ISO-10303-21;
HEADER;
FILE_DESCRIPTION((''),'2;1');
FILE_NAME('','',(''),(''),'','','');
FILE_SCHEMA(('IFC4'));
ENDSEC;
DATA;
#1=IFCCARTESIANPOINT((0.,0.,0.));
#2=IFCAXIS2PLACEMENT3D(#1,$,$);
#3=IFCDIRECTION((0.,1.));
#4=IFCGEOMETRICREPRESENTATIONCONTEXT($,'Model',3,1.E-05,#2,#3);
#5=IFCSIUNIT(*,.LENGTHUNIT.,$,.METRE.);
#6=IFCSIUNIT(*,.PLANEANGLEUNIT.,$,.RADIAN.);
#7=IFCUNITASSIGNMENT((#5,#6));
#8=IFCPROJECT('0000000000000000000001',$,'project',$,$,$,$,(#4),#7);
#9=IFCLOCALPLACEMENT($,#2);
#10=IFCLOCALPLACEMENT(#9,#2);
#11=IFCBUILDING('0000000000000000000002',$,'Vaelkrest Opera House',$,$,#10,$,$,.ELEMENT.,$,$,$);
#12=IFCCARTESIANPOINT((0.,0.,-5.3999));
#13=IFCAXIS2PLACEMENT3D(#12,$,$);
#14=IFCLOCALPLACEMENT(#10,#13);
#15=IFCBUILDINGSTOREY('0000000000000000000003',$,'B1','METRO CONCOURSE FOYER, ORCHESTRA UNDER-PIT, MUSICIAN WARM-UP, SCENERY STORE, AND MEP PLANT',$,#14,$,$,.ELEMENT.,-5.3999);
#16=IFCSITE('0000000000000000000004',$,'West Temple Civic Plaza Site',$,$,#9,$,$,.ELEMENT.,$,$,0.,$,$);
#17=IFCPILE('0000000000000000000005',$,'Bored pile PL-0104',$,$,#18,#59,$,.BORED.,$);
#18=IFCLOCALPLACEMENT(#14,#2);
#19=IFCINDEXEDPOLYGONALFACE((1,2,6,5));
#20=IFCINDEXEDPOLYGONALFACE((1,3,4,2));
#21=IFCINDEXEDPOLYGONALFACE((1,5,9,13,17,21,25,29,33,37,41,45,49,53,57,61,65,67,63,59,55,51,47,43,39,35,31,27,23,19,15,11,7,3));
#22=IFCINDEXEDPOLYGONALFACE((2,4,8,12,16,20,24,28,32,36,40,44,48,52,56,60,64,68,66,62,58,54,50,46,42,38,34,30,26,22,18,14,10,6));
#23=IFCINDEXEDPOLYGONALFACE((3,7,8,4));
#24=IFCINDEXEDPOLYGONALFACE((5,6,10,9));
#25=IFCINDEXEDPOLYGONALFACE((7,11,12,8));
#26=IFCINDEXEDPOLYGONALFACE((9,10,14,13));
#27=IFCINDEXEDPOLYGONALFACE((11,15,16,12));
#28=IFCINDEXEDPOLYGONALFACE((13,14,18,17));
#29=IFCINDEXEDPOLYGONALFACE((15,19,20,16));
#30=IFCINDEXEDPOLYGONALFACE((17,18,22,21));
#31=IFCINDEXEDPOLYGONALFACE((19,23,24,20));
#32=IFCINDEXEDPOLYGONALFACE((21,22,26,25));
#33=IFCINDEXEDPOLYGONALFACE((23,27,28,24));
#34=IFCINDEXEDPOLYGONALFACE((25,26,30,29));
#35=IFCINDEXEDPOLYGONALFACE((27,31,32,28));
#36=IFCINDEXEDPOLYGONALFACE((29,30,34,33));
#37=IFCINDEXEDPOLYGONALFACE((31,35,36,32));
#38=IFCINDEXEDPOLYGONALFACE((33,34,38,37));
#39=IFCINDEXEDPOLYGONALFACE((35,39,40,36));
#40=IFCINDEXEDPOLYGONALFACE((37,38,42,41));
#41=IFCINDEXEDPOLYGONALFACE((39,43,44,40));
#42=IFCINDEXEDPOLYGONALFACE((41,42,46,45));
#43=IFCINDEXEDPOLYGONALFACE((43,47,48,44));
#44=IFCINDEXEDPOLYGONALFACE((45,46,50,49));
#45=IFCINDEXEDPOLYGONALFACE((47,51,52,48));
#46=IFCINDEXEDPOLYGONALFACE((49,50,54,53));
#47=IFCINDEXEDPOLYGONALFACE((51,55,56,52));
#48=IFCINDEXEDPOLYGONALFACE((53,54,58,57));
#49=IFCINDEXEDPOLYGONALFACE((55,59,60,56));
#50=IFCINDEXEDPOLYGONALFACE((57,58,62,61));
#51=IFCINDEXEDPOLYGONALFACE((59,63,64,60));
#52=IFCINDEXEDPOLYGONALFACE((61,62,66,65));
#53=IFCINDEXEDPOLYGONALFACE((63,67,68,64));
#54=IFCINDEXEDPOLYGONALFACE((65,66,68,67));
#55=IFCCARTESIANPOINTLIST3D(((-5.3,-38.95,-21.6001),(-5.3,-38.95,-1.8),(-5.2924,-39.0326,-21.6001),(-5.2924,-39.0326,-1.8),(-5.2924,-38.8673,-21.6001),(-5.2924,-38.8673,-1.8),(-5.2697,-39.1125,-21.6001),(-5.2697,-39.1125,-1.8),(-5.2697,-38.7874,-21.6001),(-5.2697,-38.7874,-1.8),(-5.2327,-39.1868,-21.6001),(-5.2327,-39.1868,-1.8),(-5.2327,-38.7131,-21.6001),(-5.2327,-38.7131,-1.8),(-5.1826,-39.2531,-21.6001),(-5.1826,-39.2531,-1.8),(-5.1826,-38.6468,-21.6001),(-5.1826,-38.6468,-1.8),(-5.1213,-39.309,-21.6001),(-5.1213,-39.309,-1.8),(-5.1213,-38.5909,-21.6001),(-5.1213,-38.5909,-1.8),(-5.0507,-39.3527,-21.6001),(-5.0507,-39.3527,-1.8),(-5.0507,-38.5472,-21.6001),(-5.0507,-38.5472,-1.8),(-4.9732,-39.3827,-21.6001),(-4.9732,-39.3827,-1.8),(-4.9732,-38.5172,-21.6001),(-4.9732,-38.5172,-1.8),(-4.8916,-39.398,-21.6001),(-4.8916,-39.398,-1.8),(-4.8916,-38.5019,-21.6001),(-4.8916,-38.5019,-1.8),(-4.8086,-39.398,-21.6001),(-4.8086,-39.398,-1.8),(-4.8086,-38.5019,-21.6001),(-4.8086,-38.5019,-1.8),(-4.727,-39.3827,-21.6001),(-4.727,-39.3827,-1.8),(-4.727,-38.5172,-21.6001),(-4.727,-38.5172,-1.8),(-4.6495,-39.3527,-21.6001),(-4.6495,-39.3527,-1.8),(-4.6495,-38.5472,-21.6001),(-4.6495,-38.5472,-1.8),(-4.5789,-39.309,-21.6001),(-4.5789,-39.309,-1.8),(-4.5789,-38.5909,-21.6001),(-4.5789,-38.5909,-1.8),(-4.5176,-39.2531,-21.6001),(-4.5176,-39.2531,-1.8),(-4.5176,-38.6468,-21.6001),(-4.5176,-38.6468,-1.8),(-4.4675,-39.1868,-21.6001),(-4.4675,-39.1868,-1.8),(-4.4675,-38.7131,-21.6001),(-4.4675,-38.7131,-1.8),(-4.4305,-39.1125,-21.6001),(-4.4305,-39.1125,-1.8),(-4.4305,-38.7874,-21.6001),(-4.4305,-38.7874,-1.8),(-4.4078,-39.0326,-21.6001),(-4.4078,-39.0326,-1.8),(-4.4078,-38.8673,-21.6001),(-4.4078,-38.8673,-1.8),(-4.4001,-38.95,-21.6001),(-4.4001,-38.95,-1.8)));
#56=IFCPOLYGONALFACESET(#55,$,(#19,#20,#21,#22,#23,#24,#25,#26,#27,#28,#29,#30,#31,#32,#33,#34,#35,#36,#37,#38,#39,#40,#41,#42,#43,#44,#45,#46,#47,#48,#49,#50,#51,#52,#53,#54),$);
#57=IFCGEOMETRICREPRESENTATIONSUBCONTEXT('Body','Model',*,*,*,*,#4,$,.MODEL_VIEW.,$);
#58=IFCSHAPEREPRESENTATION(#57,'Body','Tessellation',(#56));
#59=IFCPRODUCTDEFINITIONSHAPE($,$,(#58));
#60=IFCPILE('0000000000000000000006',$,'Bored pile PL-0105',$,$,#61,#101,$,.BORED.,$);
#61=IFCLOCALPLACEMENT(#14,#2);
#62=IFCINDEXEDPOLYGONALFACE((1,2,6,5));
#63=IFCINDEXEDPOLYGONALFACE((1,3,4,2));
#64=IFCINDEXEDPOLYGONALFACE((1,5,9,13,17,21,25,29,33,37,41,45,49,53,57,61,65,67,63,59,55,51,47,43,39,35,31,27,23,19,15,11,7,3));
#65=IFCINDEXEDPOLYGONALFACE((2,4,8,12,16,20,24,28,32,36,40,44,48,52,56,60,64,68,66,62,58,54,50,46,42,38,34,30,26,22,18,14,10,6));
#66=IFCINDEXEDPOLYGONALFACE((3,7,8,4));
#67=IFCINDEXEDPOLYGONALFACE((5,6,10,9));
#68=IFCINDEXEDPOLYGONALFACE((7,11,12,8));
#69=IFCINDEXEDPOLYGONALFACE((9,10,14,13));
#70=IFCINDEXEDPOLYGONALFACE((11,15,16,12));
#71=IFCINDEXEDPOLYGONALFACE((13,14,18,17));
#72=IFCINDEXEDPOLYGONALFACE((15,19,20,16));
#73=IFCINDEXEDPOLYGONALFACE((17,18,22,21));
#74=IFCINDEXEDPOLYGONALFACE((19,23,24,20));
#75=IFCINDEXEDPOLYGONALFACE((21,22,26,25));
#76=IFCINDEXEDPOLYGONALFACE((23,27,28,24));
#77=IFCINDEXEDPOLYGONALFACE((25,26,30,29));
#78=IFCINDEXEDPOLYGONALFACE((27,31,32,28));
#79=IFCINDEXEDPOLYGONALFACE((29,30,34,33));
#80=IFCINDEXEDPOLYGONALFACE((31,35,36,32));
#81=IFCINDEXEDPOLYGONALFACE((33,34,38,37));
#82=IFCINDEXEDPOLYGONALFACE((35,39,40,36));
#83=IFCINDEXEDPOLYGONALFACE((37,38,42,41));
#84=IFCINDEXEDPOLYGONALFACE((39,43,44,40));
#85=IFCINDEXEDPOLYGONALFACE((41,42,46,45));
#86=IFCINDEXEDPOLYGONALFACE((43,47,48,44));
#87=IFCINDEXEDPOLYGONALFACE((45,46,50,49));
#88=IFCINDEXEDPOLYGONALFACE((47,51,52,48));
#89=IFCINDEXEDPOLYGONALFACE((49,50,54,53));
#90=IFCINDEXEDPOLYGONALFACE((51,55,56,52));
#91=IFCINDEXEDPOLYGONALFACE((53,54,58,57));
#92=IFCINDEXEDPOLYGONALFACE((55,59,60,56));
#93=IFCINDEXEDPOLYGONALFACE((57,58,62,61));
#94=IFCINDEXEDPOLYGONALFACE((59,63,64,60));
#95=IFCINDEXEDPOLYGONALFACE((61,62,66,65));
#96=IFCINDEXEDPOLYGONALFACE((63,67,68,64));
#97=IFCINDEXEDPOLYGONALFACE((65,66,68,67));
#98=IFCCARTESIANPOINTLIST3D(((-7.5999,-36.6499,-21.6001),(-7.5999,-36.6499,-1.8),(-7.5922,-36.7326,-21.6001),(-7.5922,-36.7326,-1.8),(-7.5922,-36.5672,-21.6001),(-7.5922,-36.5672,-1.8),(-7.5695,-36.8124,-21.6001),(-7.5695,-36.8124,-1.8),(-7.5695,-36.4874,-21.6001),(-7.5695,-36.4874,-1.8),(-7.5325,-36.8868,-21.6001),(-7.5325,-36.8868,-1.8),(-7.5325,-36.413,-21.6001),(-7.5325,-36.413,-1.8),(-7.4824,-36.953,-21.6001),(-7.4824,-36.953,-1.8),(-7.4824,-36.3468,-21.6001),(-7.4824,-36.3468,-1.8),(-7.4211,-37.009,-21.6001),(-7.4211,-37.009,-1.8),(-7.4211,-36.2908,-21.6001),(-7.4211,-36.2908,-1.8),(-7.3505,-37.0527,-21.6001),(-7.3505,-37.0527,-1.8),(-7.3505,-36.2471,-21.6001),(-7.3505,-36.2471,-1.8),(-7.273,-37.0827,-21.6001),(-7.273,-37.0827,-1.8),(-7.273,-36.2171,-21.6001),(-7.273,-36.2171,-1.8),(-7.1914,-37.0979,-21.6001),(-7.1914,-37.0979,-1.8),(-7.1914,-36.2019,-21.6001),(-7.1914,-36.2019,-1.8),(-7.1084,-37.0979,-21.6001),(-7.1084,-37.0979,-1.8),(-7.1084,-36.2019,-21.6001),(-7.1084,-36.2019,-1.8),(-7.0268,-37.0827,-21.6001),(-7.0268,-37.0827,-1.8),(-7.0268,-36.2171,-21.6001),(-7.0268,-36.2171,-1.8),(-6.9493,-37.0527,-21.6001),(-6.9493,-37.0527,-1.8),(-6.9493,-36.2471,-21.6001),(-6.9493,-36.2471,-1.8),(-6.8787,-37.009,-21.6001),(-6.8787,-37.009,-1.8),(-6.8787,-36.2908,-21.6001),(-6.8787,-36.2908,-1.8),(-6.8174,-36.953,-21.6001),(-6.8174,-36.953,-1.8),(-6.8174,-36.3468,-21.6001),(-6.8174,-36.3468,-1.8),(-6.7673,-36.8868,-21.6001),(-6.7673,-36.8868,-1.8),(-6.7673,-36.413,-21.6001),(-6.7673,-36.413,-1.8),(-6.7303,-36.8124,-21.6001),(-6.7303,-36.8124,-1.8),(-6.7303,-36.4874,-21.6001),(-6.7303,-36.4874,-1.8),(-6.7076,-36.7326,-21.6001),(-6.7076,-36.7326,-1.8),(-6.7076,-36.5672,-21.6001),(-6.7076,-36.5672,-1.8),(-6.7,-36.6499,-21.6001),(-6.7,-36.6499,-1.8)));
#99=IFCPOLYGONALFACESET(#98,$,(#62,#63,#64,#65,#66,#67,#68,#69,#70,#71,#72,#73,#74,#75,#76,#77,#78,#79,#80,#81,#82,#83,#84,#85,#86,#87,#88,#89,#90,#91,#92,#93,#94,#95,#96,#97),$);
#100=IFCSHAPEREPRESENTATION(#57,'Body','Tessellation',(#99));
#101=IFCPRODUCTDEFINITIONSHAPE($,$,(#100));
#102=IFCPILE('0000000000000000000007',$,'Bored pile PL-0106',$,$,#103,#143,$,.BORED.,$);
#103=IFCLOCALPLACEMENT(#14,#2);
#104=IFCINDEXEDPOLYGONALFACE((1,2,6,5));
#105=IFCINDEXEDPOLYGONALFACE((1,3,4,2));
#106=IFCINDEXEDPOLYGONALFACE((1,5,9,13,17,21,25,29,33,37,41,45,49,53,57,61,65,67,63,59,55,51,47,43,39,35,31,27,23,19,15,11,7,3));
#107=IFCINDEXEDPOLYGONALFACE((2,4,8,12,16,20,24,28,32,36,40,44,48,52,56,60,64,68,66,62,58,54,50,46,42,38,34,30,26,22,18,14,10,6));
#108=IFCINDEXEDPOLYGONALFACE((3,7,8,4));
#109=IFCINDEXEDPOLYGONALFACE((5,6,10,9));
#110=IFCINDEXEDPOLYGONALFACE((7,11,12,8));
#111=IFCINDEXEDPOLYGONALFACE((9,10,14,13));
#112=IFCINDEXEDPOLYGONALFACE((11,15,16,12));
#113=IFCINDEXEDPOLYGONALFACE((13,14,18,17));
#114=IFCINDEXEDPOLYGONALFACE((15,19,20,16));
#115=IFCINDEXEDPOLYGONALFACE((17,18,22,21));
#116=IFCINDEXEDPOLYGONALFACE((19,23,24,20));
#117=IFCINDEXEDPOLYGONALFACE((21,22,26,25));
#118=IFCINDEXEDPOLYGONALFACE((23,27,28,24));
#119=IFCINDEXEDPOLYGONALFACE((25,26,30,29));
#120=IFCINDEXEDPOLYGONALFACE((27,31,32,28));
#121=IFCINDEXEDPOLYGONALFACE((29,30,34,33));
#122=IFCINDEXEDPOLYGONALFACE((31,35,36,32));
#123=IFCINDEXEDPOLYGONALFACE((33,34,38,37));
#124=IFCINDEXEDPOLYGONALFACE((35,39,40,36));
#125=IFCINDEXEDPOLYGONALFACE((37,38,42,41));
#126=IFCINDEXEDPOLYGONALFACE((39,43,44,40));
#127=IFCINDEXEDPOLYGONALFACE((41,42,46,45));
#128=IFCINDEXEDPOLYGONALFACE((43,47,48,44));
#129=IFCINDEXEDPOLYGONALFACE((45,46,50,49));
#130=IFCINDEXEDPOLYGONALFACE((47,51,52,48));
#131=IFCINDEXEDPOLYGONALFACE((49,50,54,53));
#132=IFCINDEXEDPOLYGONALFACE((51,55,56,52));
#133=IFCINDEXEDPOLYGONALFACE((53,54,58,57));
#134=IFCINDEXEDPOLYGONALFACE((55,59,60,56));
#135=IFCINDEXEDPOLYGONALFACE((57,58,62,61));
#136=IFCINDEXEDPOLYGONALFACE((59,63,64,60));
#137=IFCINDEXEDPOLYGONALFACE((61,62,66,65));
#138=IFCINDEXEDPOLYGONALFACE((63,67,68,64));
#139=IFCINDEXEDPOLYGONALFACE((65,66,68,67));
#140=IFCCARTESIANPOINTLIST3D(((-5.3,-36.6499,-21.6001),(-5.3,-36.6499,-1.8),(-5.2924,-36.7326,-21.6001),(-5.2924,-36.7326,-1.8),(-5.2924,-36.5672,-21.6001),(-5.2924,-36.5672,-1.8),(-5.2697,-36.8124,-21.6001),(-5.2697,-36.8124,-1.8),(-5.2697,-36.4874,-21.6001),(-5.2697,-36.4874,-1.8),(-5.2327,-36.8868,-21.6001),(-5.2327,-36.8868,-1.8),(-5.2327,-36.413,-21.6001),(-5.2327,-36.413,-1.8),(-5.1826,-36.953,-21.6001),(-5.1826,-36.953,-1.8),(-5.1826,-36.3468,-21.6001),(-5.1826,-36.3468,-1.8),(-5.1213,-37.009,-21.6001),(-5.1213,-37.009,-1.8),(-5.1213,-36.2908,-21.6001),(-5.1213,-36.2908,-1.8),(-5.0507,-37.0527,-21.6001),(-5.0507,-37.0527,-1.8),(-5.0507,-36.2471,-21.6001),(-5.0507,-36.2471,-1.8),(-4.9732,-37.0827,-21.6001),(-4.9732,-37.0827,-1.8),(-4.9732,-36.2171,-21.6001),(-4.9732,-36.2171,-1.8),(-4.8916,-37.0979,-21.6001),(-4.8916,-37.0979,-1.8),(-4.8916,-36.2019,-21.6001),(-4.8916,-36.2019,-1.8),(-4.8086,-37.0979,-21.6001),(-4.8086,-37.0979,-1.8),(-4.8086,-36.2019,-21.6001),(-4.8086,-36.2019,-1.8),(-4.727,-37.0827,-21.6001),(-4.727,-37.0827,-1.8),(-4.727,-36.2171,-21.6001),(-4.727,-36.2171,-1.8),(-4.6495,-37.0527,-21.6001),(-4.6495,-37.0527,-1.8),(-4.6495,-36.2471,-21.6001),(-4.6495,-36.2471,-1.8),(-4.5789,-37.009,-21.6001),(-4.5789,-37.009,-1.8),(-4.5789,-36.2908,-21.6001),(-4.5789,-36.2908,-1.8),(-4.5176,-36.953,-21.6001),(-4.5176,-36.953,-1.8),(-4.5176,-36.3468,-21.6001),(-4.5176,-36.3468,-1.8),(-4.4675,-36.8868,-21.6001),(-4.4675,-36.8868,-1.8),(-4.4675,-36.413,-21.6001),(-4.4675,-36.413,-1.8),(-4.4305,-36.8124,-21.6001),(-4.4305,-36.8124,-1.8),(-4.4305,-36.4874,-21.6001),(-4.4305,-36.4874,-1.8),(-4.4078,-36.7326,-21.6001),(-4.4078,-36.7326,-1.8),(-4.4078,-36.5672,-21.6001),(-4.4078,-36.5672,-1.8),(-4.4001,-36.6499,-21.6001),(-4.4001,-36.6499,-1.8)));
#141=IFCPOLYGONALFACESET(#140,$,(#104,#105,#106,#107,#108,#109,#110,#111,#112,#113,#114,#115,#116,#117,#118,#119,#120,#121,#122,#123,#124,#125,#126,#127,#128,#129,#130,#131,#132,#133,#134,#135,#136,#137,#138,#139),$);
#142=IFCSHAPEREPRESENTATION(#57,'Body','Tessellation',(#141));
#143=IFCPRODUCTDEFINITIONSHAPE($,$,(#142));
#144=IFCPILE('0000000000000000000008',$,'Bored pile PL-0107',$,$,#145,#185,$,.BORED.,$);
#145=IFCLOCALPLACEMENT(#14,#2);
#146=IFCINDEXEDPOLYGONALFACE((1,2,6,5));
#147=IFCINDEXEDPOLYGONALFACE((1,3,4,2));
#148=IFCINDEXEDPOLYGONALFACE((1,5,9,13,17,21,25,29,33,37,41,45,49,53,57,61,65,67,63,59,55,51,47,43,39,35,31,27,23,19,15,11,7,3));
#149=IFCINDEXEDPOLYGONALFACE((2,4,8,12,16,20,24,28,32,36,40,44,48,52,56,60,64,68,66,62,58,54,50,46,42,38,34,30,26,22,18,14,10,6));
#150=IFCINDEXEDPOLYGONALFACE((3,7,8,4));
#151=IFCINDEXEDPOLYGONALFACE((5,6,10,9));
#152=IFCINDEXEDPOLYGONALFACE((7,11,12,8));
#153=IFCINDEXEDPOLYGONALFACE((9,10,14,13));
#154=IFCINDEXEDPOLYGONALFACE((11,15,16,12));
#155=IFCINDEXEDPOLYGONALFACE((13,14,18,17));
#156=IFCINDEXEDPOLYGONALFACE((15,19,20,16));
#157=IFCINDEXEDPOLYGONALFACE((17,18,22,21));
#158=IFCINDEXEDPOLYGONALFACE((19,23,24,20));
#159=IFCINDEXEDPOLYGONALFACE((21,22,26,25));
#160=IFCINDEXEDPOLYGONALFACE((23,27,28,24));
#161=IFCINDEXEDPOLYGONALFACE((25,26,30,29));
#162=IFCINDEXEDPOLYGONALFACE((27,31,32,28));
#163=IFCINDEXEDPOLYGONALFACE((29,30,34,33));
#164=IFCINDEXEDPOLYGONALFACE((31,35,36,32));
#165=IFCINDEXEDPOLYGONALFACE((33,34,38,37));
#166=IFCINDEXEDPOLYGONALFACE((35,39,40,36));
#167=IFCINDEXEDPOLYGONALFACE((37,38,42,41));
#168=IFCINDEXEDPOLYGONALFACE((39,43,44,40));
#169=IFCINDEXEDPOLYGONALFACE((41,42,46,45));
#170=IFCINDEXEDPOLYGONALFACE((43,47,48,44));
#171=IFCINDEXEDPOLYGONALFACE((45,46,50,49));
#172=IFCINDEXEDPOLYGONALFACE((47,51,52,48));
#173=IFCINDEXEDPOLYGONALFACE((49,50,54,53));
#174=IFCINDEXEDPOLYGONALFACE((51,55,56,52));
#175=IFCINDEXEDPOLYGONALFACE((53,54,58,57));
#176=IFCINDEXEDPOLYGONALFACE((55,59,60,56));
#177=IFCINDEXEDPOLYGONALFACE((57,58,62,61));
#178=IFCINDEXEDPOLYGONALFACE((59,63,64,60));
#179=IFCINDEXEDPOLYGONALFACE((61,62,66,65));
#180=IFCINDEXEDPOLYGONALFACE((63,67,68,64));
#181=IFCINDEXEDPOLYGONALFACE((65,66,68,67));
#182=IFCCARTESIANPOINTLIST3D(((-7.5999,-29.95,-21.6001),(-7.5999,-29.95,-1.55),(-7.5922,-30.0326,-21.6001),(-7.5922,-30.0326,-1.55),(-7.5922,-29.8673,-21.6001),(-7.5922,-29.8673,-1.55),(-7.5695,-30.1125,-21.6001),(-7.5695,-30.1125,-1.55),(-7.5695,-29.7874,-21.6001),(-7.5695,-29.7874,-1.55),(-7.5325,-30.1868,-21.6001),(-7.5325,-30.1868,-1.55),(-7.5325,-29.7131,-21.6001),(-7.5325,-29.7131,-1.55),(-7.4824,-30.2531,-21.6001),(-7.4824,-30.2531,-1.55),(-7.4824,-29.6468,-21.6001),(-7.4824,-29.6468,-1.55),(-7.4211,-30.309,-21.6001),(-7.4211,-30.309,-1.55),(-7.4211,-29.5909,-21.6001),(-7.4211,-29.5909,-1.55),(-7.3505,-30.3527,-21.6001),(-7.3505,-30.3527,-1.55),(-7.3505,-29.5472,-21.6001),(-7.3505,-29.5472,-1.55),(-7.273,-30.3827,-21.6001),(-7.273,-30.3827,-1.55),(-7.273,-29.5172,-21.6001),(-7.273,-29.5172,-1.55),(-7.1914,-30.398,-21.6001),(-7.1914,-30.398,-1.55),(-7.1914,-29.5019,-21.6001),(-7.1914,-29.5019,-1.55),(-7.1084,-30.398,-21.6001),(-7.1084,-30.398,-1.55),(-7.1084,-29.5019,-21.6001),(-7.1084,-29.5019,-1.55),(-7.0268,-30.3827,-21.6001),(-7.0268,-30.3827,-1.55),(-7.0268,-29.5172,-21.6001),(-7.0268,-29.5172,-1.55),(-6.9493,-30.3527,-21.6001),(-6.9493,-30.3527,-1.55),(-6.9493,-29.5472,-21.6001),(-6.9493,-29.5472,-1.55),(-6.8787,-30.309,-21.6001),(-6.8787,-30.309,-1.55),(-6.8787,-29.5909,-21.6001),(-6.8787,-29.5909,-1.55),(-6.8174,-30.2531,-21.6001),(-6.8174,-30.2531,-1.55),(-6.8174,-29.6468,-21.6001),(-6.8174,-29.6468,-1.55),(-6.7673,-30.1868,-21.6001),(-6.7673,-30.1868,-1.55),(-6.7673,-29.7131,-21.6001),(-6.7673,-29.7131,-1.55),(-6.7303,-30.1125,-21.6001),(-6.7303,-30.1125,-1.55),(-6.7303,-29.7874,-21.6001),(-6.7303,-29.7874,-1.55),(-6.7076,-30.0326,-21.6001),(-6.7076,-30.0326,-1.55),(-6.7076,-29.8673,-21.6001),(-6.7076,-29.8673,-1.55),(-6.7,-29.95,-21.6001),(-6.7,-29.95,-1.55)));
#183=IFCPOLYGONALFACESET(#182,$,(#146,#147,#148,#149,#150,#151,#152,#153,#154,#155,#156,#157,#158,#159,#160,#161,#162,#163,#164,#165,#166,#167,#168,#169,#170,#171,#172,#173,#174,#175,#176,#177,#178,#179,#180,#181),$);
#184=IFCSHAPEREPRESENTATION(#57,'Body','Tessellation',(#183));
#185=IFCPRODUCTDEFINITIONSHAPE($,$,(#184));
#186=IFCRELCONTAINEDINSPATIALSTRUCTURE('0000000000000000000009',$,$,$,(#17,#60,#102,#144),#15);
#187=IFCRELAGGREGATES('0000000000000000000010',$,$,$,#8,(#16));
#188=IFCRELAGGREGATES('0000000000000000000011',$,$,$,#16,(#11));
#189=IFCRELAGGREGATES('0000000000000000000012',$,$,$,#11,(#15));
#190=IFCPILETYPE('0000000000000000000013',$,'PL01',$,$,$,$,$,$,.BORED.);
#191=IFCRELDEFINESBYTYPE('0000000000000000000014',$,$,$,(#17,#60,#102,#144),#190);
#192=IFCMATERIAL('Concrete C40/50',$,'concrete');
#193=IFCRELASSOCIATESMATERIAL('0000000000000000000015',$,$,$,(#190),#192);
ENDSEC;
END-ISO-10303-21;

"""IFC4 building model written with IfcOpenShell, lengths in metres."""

from ifc_helpers import new_model, si_unit, direction, frame, origin, origin_2d, place, context, subcontext, project, spatial, circle, extrude, material, material_profile, profile_set, type_object, element, save


model = new_model("IFC4")

# Units and contexts
model_context = context("Model", 3, precision=1e-05, world=origin(), true_north=direction((0.0, 1.0)))
body_context = subcontext(model_context, "Body", "Model", "MODEL_VIEW")
ifc_project = project(units=[si_unit("LENGTHUNIT", "METRE"), si_unit("PLANEANGLEUNIT", "RADIAN")], contexts=[model_context])

# Site, building, storey
site_placement = place(None, origin())
site = spatial("IfcSite", under=ifc_project, at=site_placement, Name="West Temple Civic Plaza Site", CompositionType="ELEMENT", RefElevation=0.0)
building_placement = place(site_placement, origin())
building = spatial("IfcBuilding", under=site, at=building_placement, Name="Vaelkrest Opera House", CompositionType="ELEMENT")
storey_placement = place(building_placement, frame((0.0, 0.0, -5.3999)))
storey = spatial("IfcBuildingStorey", under=building, at=storey_placement, Name="B1", Description="METRO CONCOURSE FOYER, ORCHESTRA UNDER-PIT, MUSICIAN WARM-UP, SCENERY STORE, AND MEP PLANT", CompositionType="ELEMENT", Elevation=-5.3999)

# Shared definitions
ifc_material_1 = material(Name="Concrete C40/50", Category="concrete")

# Piles
ifc_material_profile_1 = material_profile(ifc_material_1, circle(Radius=0.45, at=origin_2d()), Name="PILE900")
ifc_profile_set_1 = profile_set([ifc_material_profile_1], Name="Concrete C40/50")
pile_type = type_object("IfcPileType", Name="PL01", PredefinedType="BORED", material=ifc_profile_set_1)
for number, where, z_axis, x_axis, name in (
    (1, (-4.8501, -38.95, -1.8), (0.0, 0.0, -1.0), (1.0, 0.0, 0.0), "Bored pile PL-0104"),
    (2, (-7.1499, -36.6499, -1.8), (0.0, 0.0, -1.0), (1.0, 0.0, 0.0), "Bored pile PL-0105"),
    (3, (-4.8501, -36.6499, -1.8), (0.0, 0.0, -1.0), (1.0, 0.0, 0.0), "Bored pile PL-0106"),
):
    element("IfcPile", number, at=place(storey_placement, frame(where, z_axis=z_axis, x_axis=x_axis)), inside=storey, type_object=pile_type, Name=name, PredefinedType="BORED", context=body_context, shape_type="SweptSolid", body=[
        extrude(circle(Radius=0.45, at=origin_2d()), origin(), (0.0, 0.0, 1.0), 19.8),
    ])
for number, where, z_axis, x_axis, name in (
    (4, (-7.1499, -29.95, -1.55), (0.0, 0.0, -1.0), (1.0, 0.0, 0.0), "Bored pile PL-0107"),
):
    element("IfcPile", number, at=place(storey_placement, frame(where, z_axis=z_axis, x_axis=x_axis)), inside=storey, type_object=pile_type, Name=name, PredefinedType="BORED", context=body_context, shape_type="SweptSolid", body=[
        extrude(circle(Radius=0.45, at=origin_2d()), origin(), (0.0, 0.0, 1.0), 20.05),
    ])

save(model, "model.ifc")
